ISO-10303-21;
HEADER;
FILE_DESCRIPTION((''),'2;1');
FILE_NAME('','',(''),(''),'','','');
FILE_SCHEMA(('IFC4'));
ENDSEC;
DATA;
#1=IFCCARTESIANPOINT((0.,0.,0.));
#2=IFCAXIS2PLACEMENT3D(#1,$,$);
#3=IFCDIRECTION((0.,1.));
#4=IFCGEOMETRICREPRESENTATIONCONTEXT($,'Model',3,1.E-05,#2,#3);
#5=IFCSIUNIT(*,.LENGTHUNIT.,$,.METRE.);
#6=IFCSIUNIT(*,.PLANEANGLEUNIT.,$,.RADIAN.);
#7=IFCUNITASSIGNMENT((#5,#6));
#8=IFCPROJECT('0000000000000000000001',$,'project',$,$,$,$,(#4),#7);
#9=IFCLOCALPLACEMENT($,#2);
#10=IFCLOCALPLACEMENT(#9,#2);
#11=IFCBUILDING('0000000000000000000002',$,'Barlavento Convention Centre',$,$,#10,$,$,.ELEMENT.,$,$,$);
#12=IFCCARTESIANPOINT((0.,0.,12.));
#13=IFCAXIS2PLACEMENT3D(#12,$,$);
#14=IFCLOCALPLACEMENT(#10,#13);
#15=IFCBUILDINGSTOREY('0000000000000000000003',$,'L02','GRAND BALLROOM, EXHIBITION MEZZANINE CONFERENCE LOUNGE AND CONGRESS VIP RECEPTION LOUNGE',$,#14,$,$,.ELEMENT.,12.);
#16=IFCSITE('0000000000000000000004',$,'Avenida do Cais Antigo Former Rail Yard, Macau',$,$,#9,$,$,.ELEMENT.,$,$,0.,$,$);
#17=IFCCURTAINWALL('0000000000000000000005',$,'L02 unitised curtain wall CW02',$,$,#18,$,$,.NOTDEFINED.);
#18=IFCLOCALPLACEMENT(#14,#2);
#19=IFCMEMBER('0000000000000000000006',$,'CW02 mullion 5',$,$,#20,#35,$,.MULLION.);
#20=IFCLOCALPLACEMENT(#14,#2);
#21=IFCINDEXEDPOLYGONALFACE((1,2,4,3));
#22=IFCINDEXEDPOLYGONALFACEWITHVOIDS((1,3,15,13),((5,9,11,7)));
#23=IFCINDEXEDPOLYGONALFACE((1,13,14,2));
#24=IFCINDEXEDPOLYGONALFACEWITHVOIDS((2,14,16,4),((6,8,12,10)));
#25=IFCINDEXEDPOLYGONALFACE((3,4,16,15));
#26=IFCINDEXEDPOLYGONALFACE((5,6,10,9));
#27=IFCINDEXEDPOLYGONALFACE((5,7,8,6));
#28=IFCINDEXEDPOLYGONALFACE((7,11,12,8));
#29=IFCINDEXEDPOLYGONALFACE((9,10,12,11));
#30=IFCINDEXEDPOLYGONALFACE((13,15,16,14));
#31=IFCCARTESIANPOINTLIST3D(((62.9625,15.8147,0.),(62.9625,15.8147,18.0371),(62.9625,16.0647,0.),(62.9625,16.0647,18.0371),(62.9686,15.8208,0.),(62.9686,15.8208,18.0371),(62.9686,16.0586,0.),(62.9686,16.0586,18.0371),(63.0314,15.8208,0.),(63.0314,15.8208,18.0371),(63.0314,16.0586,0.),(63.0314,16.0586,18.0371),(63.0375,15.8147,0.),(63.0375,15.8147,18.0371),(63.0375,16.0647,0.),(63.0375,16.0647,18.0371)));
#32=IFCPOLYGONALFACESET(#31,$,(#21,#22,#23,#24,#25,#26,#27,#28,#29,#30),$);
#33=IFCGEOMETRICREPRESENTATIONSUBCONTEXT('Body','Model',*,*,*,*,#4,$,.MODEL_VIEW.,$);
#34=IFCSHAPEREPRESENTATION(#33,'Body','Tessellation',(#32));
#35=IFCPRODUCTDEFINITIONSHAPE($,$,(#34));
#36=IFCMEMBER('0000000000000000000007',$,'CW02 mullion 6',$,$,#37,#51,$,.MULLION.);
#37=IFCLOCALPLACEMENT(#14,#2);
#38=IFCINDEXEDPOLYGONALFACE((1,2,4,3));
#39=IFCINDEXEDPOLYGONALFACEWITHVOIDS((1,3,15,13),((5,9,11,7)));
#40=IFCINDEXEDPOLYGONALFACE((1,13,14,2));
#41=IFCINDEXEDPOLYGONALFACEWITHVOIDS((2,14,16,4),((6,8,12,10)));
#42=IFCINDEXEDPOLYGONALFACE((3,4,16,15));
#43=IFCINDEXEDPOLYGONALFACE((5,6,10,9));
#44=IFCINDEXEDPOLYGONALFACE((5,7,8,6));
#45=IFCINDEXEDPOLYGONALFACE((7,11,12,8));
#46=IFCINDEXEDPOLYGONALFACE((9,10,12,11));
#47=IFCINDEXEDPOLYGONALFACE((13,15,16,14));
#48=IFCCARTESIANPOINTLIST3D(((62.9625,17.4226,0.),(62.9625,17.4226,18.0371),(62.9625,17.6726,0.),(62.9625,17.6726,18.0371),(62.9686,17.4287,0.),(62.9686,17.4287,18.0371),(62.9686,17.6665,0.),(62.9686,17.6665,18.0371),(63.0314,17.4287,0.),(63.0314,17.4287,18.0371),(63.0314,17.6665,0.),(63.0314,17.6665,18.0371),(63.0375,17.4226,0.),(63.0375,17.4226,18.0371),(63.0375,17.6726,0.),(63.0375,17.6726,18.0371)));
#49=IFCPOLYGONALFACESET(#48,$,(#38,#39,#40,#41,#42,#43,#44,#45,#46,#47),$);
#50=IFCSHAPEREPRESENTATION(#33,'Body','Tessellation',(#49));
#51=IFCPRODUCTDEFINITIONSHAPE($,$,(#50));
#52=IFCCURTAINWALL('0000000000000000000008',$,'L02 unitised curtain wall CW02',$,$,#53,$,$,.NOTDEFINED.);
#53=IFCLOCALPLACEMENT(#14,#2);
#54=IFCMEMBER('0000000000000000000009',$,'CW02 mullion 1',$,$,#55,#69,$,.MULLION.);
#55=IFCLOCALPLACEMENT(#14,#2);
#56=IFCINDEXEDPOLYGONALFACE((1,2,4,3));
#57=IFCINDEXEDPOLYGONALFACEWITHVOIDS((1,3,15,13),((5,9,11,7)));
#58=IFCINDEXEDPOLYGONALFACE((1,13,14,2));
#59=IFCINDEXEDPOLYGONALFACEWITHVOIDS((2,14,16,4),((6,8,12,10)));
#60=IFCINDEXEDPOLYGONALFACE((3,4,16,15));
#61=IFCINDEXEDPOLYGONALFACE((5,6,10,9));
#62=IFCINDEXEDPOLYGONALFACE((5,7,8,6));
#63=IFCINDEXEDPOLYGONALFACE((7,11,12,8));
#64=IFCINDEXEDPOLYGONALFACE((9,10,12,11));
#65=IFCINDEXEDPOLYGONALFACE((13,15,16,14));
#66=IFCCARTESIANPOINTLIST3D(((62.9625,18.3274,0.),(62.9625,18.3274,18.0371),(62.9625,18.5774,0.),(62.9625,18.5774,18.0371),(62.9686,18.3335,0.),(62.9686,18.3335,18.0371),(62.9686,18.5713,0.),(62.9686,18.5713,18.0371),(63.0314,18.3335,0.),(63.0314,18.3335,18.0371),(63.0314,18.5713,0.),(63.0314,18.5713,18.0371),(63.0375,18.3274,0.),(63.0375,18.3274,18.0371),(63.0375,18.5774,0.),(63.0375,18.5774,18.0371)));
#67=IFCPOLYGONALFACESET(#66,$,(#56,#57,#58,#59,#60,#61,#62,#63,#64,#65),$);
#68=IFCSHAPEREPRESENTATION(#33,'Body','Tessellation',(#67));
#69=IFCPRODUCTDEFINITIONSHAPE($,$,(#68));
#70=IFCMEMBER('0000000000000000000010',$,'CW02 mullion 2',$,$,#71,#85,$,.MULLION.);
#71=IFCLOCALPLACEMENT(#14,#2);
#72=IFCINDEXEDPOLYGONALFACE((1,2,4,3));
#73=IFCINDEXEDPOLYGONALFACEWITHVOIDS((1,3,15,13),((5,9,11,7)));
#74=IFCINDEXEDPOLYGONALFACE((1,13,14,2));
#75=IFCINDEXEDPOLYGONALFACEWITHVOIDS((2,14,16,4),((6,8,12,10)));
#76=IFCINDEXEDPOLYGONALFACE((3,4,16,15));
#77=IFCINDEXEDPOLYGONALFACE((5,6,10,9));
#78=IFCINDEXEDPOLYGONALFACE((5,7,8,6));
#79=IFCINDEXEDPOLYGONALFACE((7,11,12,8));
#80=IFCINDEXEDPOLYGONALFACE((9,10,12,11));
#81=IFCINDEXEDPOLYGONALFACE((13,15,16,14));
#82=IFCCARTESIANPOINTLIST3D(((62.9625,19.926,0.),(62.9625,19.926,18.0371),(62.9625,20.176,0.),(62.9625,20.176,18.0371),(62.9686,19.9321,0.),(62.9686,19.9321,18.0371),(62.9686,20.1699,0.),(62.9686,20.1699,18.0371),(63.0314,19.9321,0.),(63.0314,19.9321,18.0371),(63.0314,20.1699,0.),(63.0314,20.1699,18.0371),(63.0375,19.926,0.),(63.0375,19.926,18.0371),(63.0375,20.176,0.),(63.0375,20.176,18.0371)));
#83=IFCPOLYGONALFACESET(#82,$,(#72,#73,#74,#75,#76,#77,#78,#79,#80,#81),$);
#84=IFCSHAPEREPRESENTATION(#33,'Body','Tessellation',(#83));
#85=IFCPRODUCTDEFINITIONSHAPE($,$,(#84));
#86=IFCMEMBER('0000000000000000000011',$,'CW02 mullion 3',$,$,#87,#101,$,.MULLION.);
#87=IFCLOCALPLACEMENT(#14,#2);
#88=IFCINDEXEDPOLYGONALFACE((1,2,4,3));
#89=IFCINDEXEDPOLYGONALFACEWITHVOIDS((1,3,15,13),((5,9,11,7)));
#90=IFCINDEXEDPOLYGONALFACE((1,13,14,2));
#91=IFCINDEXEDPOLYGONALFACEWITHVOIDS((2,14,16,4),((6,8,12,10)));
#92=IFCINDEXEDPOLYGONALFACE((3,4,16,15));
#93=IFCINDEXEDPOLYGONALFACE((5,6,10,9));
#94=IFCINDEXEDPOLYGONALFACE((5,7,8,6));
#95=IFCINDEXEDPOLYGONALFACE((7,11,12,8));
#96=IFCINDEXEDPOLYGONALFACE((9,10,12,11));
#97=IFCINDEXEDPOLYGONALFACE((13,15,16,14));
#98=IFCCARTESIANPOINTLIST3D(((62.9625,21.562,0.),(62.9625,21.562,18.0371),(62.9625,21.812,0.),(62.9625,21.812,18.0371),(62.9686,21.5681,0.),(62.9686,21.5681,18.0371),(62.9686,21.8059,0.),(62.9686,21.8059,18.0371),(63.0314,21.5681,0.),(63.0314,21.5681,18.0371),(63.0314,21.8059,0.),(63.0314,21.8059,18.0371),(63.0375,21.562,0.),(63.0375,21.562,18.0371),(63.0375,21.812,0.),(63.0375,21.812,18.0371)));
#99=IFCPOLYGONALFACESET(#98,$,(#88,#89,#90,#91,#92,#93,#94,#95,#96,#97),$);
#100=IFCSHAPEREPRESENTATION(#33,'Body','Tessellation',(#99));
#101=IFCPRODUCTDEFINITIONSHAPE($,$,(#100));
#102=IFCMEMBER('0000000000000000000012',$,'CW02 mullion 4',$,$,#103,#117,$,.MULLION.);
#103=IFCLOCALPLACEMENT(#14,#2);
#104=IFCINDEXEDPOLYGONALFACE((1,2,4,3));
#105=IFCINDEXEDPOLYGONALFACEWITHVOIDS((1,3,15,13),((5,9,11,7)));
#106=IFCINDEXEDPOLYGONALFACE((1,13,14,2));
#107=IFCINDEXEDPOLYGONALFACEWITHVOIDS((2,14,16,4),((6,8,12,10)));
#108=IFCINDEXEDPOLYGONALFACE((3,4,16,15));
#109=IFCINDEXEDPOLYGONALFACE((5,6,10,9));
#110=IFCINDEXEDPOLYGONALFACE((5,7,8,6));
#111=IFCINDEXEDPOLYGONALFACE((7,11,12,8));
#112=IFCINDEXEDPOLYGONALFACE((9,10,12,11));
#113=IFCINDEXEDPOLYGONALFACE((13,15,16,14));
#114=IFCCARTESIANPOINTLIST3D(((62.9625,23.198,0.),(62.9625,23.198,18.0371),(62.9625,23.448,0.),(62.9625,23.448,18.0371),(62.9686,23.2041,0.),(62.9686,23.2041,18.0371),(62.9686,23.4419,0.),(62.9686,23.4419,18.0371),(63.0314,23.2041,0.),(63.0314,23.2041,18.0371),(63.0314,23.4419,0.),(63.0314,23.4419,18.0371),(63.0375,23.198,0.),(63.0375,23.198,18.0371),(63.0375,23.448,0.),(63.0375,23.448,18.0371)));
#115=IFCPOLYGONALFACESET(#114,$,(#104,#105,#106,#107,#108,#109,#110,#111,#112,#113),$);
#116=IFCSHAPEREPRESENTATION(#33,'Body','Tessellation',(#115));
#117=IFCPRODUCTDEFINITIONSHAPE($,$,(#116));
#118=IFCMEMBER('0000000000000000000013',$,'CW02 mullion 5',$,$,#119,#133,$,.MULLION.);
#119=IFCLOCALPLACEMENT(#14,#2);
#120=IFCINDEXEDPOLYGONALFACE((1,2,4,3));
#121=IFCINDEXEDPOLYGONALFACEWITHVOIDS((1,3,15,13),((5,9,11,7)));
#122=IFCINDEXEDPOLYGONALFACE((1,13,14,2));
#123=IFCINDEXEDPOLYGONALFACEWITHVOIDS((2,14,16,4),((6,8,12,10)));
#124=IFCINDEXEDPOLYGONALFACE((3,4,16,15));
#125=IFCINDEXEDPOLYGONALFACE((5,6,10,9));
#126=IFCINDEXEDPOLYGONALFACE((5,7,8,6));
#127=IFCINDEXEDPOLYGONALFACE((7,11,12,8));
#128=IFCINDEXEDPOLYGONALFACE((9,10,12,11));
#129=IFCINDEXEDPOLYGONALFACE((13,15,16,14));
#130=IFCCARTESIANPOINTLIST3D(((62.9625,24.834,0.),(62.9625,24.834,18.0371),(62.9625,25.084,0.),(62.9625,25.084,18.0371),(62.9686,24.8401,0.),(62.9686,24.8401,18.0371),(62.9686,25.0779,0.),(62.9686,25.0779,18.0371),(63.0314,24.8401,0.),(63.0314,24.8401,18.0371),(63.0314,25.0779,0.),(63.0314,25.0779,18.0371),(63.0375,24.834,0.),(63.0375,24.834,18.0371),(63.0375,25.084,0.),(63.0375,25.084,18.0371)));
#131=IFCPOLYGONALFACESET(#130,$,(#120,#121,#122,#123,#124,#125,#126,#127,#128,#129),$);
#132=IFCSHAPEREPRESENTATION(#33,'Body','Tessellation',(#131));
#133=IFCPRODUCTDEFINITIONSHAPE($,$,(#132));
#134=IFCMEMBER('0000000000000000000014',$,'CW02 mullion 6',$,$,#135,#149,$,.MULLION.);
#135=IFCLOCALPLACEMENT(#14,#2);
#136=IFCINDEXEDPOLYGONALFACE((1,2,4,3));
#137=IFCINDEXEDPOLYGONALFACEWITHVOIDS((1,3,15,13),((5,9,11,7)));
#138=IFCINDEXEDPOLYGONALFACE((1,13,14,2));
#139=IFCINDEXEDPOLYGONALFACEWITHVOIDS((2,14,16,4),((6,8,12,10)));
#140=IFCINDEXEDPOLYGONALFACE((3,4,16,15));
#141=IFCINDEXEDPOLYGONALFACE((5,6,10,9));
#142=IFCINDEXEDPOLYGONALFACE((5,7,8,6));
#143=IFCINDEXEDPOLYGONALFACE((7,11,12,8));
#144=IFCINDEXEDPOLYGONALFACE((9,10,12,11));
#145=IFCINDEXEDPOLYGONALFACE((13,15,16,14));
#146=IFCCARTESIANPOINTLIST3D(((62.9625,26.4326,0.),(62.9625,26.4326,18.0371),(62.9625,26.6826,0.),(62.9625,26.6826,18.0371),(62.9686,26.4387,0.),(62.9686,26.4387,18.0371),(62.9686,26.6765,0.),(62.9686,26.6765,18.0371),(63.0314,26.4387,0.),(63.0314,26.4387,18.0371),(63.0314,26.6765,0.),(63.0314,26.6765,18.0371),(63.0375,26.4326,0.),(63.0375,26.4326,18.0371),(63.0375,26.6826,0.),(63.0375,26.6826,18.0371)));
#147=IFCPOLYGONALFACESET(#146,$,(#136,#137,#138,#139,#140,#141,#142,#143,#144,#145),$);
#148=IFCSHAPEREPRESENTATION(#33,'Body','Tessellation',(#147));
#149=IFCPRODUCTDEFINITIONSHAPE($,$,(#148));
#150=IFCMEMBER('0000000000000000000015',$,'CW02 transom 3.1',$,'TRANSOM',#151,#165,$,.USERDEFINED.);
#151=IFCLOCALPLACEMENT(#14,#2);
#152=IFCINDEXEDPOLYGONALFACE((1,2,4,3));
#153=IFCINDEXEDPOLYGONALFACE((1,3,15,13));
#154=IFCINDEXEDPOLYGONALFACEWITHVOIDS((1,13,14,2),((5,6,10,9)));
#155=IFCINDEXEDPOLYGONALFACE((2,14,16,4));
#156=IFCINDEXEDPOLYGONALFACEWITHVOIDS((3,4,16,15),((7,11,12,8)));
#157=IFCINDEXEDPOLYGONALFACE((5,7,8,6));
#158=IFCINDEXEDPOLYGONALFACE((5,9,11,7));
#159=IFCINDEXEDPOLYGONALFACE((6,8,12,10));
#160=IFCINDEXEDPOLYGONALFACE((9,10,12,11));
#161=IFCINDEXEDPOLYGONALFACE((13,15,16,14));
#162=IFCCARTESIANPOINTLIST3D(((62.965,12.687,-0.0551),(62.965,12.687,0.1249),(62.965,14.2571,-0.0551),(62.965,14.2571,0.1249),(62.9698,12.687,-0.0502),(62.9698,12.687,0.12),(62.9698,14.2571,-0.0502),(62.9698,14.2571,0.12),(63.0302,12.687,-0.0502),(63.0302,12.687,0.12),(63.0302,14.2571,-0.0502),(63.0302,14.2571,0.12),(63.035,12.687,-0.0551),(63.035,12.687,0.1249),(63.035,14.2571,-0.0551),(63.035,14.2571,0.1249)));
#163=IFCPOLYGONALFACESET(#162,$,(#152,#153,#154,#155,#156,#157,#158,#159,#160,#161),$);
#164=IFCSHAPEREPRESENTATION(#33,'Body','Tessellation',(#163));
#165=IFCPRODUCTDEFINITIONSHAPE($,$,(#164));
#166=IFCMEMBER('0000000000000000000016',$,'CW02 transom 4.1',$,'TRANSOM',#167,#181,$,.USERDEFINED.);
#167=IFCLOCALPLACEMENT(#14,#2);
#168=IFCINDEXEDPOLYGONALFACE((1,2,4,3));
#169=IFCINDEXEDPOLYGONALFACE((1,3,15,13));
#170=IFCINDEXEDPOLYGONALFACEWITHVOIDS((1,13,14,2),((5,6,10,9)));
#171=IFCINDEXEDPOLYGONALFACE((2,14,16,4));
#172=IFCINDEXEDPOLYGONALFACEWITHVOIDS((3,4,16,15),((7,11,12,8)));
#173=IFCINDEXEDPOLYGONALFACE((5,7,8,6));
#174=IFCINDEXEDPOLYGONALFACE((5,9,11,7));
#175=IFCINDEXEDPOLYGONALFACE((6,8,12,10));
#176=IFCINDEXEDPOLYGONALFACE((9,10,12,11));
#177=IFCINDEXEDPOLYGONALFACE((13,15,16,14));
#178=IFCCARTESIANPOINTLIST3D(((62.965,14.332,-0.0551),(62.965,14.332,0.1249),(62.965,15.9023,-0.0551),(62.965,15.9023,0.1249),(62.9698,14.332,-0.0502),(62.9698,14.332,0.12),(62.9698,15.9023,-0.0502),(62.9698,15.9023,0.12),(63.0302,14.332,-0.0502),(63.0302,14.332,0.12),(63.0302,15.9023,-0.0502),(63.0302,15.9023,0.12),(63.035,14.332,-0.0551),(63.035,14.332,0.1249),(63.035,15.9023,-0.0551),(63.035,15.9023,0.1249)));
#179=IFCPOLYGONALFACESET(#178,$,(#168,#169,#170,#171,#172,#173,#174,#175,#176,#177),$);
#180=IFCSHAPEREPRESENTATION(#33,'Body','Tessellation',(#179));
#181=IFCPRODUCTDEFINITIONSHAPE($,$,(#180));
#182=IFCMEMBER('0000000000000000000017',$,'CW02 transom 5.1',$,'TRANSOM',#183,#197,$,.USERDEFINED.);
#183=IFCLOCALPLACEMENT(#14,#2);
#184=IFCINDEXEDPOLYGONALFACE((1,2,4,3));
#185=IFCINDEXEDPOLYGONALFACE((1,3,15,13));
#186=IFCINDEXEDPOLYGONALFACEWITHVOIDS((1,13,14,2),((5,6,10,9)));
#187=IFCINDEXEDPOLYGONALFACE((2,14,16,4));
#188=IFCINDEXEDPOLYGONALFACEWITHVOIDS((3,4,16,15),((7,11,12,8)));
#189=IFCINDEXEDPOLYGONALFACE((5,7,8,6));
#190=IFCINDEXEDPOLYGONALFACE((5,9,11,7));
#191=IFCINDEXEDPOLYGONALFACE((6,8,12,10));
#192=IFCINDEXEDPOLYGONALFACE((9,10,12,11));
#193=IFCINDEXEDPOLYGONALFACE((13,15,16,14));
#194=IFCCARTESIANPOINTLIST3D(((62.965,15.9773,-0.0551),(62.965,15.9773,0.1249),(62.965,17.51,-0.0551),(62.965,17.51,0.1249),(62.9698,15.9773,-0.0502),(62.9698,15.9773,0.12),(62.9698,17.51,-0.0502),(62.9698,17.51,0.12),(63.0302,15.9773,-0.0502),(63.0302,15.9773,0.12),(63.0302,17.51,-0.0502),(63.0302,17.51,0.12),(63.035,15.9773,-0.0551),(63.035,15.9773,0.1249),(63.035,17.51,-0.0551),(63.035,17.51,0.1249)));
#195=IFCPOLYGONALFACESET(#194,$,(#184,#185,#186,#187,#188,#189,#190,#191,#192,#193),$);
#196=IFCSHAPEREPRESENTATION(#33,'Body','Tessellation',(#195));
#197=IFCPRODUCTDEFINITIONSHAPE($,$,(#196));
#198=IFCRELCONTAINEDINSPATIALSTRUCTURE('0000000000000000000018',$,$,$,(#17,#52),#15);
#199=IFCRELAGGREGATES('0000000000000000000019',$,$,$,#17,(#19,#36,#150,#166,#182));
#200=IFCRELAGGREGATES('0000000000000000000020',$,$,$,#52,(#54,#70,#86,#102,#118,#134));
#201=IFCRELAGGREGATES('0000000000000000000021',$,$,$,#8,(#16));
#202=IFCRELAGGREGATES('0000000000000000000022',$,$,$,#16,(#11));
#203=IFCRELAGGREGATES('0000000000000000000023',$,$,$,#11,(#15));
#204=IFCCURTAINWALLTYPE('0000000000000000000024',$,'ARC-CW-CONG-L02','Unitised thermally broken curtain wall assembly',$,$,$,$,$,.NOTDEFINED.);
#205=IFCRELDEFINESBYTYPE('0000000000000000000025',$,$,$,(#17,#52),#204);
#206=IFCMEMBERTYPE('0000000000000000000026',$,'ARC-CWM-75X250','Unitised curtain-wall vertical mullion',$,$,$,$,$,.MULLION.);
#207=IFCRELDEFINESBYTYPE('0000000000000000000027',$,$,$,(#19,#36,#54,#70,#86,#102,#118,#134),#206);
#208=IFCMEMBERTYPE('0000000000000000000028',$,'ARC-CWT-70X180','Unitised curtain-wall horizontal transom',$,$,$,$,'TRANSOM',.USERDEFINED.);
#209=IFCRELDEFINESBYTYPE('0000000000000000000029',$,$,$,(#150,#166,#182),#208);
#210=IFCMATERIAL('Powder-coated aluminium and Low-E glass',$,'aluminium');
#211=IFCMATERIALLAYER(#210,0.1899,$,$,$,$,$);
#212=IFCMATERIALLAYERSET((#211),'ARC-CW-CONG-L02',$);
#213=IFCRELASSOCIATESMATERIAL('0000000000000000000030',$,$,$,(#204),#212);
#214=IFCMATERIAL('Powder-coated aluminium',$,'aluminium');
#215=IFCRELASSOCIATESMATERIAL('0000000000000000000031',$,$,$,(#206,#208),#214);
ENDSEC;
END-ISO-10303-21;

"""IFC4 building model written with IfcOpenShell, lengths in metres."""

from ifc_helpers import new_model, si_unit, direction, frame, origin, origin_2d, place, context, subcontext, project, spatial, hollow_rectangle, extrude, material, layer, layer_set, material_profile, profile_set, type_object, element, aggregate, save


model = new_model("IFC4")

# Units and contexts
model_context = context("Model", 3, precision=1e-05, world=origin(), true_north=direction((0.0, 1.0)))
body_context = subcontext(model_context, "Body", "Model", "MODEL_VIEW")
ifc_project = project(units=[si_unit("LENGTHUNIT", "METRE"), si_unit("PLANEANGLEUNIT", "RADIAN")], contexts=[model_context])

# Site, building, storey
site_placement = place(None, origin())
site = spatial("IfcSite", under=ifc_project, at=site_placement, Name="Avenida do Cais Antigo Former Rail Yard, Macau", CompositionType="ELEMENT", RefElevation=0.0)
building_placement = place(site_placement, origin())
building = spatial("IfcBuilding", under=site, at=building_placement, Name="Barlavento Convention Centre", CompositionType="ELEMENT")
storey_placement = place(building_placement, frame((0.0, 0.0, 12.0)))
storey = spatial("IfcBuildingStorey", under=building, at=storey_placement, Name="L02", Description="GRAND BALLROOM, EXHIBITION MEZZANINE CONFERENCE LOUNGE AND CONGRESS VIP RECEPTION LOUNGE", CompositionType="ELEMENT", Elevation=12.0)

# Curtain walls, members
ifc_material_1 = material(Name="Powder-coated aluminium and Low-E glass", Category="aluminium")
ifc_layer = layer(ifc_material_1, 0.1899)
ifc_layer_set = layer_set([ifc_layer], Name="ARC-CW-CONG-L02")
curtain_wall_type = type_object("IfcCurtainWallType", Name="ARC-CW-CONG-L02", Description="Unitised thermally broken curtain wall assembly", PredefinedType="NOTDEFINED", material=ifc_layer_set)
curtain_wall_1_placement = place(storey_placement, origin())
curtain_wall_1 = element("IfcCurtainWall", 1, at=curtain_wall_1_placement, inside=storey, type_object=curtain_wall_type, Name="L02 unitised curtain wall CW02", PredefinedType="NOTDEFINED")
ifc_material_2 = material(Name="Powder-coated aluminium", Category="aluminium")
ifc_material_profile_1 = material_profile(ifc_material_2, hollow_rectangle(XDim=0.075, YDim=0.25, WallThickness=0.0061, at=origin_2d()), Name="AL-MULL 75x250x6")
ifc_profile_set_1 = profile_set([ifc_material_profile_1], Name="Powder-coated aluminium")
member_type_1 = type_object("IfcMemberType", Name="ARC-CWM-75X250", Description="Unitised curtain-wall vertical mullion", PredefinedType="MULLION", material=ifc_profile_set_1)
member_1_placement = place(storey_placement, frame((63.0, 15.9397, 0.0), z_axis=(0.0, 0.0, 1.0), x_axis=(-1.0, 0.0, 0.0)))
member_1 = element("IfcMember", 2, at=member_1_placement, type_object=member_type_1, Name="CW02 mullion 5", PredefinedType="MULLION", context=body_context, shape_type="SweptSolid", body=[
    extrude(hollow_rectangle(XDim=0.075, YDim=0.25, WallThickness=0.0061, at=origin_2d()), origin(), (0.0, 0.0, 1.0), 18.0371),
])
member_2_placement = place(storey_placement, frame((63.0, 17.5476, 0.0), z_axis=(0.0, 0.0, 1.0), x_axis=(-1.0, 0.0, 0.0)))
member_2 = element("IfcMember", 3, at=member_2_placement, type_object=member_type_1, Name="CW02 mullion 6", PredefinedType="MULLION", context=body_context, shape_type="SweptSolid", body=[
    extrude(hollow_rectangle(XDim=0.075, YDim=0.25, WallThickness=0.0061, at=origin_2d()), origin(), (0.0, 0.0, 1.0), 18.0371),
])
curtain_wall_2_placement = place(storey_placement, origin())
curtain_wall_2 = element("IfcCurtainWall", 4, at=curtain_wall_2_placement, inside=storey, type_object=curtain_wall_type, Name="L02 unitised curtain wall CW02", PredefinedType="NOTDEFINED")
member_3_placement = place(storey_placement, frame((63.0, 18.4524, 0.0), z_axis=(0.0, 0.0, 1.0), x_axis=(-1.0, 0.0, 0.0)))
member_3 = element("IfcMember", 5, at=member_3_placement, type_object=member_type_1, Name="CW02 mullion 1", PredefinedType="MULLION", context=body_context, shape_type="SweptSolid", body=[
    extrude(hollow_rectangle(XDim=0.075, YDim=0.25, WallThickness=0.0061, at=origin_2d()), origin(), (0.0, 0.0, 1.0), 18.0371),
])
member_4_placement = place(storey_placement, frame((63.0, 20.051, 0.0), z_axis=(0.0, 0.0, 1.0), x_axis=(-1.0, 0.0, 0.0)))
member_4 = element("IfcMember", 6, at=member_4_placement, type_object=member_type_1, Name="CW02 mullion 2", PredefinedType="MULLION", context=body_context, shape_type="SweptSolid", body=[
    extrude(hollow_rectangle(XDim=0.075, YDim=0.25, WallThickness=0.0061, at=origin_2d()), origin(), (0.0, 0.0, 1.0), 18.0371),
])
member_5_placement = place(storey_placement, frame((63.0, 21.687, 0.0), z_axis=(0.0, 0.0, 1.0), x_axis=(-1.0, 0.0, 0.0)))
member_5 = element("IfcMember", 7, at=member_5_placement, type_object=member_type_1, Name="CW02 mullion 3", PredefinedType="MULLION", context=body_context, shape_type="SweptSolid", body=[
    extrude(hollow_rectangle(XDim=0.075, YDim=0.25, WallThickness=0.0061, at=origin_2d()), origin(), (0.0, 0.0, 1.0), 18.0371),
])
member_6_placement = place(storey_placement, frame((63.0, 23.323, 0.0), z_axis=(0.0, 0.0, 1.0), x_axis=(-1.0, 0.0, 0.0)))
member_6 = element("IfcMember", 8, at=member_6_placement, type_object=member_type_1, Name="CW02 mullion 4", PredefinedType="MULLION", context=body_context, shape_type="SweptSolid", body=[
    extrude(hollow_rectangle(XDim=0.075, YDim=0.25, WallThickness=0.0061, at=origin_2d()), origin(), (0.0, 0.0, 1.0), 18.0371),
])
member_7_placement = place(storey_placement, frame((63.0, 24.959, 0.0), z_axis=(0.0, 0.0, 1.0), x_axis=(-1.0, 0.0, 0.0)))
member_7 = element("IfcMember", 9, at=member_7_placement, type_object=member_type_1, Name="CW02 mullion 5", PredefinedType="MULLION", context=body_context, shape_type="SweptSolid", body=[
    extrude(hollow_rectangle(XDim=0.075, YDim=0.25, WallThickness=0.0061, at=origin_2d()), origin(), (0.0, 0.0, 1.0), 18.0371),
])
member_8_placement = place(storey_placement, frame((63.0, 26.5576, 0.0), z_axis=(0.0, 0.0, 1.0), x_axis=(-1.0, 0.0, 0.0)))
member_8 = element("IfcMember", 10, at=member_8_placement, type_object=member_type_1, Name="CW02 mullion 6", PredefinedType="MULLION", context=body_context, shape_type="SweptSolid", body=[
    extrude(hollow_rectangle(XDim=0.075, YDim=0.25, WallThickness=0.0061, at=origin_2d()), origin(), (0.0, 0.0, 1.0), 18.0371),
])

# Members
ifc_material_profile_2 = material_profile(ifc_material_2, hollow_rectangle(XDim=0.0701, YDim=0.1799, WallThickness=0.0049, at=origin_2d()), Name="AL-TRAN 70x180x5")
ifc_profile_set_2 = profile_set([ifc_material_profile_2], Name="Powder-coated aluminium")
member_type_2 = type_object("IfcMemberType", Name="ARC-CWT-70X180", Description="Unitised curtain-wall horizontal transom", ElementType="TRANSOM", PredefinedType="USERDEFINED", material=ifc_profile_set_2)
member_9_placement = place(storey_placement, frame((63.0, 12.687, 0.0349), z_axis=(0.0, 1.0, 0.0), x_axis=(-1.0, 0.0, 0.0)))
member_9 = element("IfcMember", 11, at=member_9_placement, type_object=member_type_2, Name="CW02 transom 3.1", ObjectType="TRANSOM", PredefinedType="USERDEFINED", context=body_context, shape_type="SweptSolid", body=[
    extrude(hollow_rectangle(XDim=0.0701, YDim=0.1799, WallThickness=0.0049, at=origin_2d()), origin(), (0.0, 0.0, 1.0), 1.5701),
])
member_10_placement = place(storey_placement, frame((63.0, 14.332, 0.0349), z_axis=(0.0, 1.0, 0.0), x_axis=(-1.0, 0.0, 0.0)))
member_10 = element("IfcMember", 12, at=member_10_placement, type_object=member_type_2, Name="CW02 transom 4.1", ObjectType="TRANSOM", PredefinedType="USERDEFINED", context=body_context, shape_type="SweptSolid", body=[
    extrude(hollow_rectangle(XDim=0.0701, YDim=0.1799, WallThickness=0.0049, at=origin_2d()), origin(), (0.0, 0.0, 1.0), 1.5703),
])
member_11_placement = place(storey_placement, frame((63.0, 15.9773, 0.0349), z_axis=(0.0, 1.0, 0.0), x_axis=(-1.0, 0.0, 0.0)))
member_11 = element("IfcMember", 13, at=member_11_placement, type_object=member_type_2, Name="CW02 transom 5.1", ObjectType="TRANSOM", PredefinedType="USERDEFINED", context=body_context, shape_type="SweptSolid", body=[
    extrude(hollow_rectangle(XDim=0.0701, YDim=0.1799, WallThickness=0.0049, at=origin_2d()), origin(), (0.0, 0.0, 1.0), 1.5327),
])
aggregate(curtain_wall_1, [member_1, member_2, member_9, member_10, member_11])
aggregate(curtain_wall_2, [member_3, member_4, member_5, member_6, member_7, member_8])

save(model, "model.ifc")
